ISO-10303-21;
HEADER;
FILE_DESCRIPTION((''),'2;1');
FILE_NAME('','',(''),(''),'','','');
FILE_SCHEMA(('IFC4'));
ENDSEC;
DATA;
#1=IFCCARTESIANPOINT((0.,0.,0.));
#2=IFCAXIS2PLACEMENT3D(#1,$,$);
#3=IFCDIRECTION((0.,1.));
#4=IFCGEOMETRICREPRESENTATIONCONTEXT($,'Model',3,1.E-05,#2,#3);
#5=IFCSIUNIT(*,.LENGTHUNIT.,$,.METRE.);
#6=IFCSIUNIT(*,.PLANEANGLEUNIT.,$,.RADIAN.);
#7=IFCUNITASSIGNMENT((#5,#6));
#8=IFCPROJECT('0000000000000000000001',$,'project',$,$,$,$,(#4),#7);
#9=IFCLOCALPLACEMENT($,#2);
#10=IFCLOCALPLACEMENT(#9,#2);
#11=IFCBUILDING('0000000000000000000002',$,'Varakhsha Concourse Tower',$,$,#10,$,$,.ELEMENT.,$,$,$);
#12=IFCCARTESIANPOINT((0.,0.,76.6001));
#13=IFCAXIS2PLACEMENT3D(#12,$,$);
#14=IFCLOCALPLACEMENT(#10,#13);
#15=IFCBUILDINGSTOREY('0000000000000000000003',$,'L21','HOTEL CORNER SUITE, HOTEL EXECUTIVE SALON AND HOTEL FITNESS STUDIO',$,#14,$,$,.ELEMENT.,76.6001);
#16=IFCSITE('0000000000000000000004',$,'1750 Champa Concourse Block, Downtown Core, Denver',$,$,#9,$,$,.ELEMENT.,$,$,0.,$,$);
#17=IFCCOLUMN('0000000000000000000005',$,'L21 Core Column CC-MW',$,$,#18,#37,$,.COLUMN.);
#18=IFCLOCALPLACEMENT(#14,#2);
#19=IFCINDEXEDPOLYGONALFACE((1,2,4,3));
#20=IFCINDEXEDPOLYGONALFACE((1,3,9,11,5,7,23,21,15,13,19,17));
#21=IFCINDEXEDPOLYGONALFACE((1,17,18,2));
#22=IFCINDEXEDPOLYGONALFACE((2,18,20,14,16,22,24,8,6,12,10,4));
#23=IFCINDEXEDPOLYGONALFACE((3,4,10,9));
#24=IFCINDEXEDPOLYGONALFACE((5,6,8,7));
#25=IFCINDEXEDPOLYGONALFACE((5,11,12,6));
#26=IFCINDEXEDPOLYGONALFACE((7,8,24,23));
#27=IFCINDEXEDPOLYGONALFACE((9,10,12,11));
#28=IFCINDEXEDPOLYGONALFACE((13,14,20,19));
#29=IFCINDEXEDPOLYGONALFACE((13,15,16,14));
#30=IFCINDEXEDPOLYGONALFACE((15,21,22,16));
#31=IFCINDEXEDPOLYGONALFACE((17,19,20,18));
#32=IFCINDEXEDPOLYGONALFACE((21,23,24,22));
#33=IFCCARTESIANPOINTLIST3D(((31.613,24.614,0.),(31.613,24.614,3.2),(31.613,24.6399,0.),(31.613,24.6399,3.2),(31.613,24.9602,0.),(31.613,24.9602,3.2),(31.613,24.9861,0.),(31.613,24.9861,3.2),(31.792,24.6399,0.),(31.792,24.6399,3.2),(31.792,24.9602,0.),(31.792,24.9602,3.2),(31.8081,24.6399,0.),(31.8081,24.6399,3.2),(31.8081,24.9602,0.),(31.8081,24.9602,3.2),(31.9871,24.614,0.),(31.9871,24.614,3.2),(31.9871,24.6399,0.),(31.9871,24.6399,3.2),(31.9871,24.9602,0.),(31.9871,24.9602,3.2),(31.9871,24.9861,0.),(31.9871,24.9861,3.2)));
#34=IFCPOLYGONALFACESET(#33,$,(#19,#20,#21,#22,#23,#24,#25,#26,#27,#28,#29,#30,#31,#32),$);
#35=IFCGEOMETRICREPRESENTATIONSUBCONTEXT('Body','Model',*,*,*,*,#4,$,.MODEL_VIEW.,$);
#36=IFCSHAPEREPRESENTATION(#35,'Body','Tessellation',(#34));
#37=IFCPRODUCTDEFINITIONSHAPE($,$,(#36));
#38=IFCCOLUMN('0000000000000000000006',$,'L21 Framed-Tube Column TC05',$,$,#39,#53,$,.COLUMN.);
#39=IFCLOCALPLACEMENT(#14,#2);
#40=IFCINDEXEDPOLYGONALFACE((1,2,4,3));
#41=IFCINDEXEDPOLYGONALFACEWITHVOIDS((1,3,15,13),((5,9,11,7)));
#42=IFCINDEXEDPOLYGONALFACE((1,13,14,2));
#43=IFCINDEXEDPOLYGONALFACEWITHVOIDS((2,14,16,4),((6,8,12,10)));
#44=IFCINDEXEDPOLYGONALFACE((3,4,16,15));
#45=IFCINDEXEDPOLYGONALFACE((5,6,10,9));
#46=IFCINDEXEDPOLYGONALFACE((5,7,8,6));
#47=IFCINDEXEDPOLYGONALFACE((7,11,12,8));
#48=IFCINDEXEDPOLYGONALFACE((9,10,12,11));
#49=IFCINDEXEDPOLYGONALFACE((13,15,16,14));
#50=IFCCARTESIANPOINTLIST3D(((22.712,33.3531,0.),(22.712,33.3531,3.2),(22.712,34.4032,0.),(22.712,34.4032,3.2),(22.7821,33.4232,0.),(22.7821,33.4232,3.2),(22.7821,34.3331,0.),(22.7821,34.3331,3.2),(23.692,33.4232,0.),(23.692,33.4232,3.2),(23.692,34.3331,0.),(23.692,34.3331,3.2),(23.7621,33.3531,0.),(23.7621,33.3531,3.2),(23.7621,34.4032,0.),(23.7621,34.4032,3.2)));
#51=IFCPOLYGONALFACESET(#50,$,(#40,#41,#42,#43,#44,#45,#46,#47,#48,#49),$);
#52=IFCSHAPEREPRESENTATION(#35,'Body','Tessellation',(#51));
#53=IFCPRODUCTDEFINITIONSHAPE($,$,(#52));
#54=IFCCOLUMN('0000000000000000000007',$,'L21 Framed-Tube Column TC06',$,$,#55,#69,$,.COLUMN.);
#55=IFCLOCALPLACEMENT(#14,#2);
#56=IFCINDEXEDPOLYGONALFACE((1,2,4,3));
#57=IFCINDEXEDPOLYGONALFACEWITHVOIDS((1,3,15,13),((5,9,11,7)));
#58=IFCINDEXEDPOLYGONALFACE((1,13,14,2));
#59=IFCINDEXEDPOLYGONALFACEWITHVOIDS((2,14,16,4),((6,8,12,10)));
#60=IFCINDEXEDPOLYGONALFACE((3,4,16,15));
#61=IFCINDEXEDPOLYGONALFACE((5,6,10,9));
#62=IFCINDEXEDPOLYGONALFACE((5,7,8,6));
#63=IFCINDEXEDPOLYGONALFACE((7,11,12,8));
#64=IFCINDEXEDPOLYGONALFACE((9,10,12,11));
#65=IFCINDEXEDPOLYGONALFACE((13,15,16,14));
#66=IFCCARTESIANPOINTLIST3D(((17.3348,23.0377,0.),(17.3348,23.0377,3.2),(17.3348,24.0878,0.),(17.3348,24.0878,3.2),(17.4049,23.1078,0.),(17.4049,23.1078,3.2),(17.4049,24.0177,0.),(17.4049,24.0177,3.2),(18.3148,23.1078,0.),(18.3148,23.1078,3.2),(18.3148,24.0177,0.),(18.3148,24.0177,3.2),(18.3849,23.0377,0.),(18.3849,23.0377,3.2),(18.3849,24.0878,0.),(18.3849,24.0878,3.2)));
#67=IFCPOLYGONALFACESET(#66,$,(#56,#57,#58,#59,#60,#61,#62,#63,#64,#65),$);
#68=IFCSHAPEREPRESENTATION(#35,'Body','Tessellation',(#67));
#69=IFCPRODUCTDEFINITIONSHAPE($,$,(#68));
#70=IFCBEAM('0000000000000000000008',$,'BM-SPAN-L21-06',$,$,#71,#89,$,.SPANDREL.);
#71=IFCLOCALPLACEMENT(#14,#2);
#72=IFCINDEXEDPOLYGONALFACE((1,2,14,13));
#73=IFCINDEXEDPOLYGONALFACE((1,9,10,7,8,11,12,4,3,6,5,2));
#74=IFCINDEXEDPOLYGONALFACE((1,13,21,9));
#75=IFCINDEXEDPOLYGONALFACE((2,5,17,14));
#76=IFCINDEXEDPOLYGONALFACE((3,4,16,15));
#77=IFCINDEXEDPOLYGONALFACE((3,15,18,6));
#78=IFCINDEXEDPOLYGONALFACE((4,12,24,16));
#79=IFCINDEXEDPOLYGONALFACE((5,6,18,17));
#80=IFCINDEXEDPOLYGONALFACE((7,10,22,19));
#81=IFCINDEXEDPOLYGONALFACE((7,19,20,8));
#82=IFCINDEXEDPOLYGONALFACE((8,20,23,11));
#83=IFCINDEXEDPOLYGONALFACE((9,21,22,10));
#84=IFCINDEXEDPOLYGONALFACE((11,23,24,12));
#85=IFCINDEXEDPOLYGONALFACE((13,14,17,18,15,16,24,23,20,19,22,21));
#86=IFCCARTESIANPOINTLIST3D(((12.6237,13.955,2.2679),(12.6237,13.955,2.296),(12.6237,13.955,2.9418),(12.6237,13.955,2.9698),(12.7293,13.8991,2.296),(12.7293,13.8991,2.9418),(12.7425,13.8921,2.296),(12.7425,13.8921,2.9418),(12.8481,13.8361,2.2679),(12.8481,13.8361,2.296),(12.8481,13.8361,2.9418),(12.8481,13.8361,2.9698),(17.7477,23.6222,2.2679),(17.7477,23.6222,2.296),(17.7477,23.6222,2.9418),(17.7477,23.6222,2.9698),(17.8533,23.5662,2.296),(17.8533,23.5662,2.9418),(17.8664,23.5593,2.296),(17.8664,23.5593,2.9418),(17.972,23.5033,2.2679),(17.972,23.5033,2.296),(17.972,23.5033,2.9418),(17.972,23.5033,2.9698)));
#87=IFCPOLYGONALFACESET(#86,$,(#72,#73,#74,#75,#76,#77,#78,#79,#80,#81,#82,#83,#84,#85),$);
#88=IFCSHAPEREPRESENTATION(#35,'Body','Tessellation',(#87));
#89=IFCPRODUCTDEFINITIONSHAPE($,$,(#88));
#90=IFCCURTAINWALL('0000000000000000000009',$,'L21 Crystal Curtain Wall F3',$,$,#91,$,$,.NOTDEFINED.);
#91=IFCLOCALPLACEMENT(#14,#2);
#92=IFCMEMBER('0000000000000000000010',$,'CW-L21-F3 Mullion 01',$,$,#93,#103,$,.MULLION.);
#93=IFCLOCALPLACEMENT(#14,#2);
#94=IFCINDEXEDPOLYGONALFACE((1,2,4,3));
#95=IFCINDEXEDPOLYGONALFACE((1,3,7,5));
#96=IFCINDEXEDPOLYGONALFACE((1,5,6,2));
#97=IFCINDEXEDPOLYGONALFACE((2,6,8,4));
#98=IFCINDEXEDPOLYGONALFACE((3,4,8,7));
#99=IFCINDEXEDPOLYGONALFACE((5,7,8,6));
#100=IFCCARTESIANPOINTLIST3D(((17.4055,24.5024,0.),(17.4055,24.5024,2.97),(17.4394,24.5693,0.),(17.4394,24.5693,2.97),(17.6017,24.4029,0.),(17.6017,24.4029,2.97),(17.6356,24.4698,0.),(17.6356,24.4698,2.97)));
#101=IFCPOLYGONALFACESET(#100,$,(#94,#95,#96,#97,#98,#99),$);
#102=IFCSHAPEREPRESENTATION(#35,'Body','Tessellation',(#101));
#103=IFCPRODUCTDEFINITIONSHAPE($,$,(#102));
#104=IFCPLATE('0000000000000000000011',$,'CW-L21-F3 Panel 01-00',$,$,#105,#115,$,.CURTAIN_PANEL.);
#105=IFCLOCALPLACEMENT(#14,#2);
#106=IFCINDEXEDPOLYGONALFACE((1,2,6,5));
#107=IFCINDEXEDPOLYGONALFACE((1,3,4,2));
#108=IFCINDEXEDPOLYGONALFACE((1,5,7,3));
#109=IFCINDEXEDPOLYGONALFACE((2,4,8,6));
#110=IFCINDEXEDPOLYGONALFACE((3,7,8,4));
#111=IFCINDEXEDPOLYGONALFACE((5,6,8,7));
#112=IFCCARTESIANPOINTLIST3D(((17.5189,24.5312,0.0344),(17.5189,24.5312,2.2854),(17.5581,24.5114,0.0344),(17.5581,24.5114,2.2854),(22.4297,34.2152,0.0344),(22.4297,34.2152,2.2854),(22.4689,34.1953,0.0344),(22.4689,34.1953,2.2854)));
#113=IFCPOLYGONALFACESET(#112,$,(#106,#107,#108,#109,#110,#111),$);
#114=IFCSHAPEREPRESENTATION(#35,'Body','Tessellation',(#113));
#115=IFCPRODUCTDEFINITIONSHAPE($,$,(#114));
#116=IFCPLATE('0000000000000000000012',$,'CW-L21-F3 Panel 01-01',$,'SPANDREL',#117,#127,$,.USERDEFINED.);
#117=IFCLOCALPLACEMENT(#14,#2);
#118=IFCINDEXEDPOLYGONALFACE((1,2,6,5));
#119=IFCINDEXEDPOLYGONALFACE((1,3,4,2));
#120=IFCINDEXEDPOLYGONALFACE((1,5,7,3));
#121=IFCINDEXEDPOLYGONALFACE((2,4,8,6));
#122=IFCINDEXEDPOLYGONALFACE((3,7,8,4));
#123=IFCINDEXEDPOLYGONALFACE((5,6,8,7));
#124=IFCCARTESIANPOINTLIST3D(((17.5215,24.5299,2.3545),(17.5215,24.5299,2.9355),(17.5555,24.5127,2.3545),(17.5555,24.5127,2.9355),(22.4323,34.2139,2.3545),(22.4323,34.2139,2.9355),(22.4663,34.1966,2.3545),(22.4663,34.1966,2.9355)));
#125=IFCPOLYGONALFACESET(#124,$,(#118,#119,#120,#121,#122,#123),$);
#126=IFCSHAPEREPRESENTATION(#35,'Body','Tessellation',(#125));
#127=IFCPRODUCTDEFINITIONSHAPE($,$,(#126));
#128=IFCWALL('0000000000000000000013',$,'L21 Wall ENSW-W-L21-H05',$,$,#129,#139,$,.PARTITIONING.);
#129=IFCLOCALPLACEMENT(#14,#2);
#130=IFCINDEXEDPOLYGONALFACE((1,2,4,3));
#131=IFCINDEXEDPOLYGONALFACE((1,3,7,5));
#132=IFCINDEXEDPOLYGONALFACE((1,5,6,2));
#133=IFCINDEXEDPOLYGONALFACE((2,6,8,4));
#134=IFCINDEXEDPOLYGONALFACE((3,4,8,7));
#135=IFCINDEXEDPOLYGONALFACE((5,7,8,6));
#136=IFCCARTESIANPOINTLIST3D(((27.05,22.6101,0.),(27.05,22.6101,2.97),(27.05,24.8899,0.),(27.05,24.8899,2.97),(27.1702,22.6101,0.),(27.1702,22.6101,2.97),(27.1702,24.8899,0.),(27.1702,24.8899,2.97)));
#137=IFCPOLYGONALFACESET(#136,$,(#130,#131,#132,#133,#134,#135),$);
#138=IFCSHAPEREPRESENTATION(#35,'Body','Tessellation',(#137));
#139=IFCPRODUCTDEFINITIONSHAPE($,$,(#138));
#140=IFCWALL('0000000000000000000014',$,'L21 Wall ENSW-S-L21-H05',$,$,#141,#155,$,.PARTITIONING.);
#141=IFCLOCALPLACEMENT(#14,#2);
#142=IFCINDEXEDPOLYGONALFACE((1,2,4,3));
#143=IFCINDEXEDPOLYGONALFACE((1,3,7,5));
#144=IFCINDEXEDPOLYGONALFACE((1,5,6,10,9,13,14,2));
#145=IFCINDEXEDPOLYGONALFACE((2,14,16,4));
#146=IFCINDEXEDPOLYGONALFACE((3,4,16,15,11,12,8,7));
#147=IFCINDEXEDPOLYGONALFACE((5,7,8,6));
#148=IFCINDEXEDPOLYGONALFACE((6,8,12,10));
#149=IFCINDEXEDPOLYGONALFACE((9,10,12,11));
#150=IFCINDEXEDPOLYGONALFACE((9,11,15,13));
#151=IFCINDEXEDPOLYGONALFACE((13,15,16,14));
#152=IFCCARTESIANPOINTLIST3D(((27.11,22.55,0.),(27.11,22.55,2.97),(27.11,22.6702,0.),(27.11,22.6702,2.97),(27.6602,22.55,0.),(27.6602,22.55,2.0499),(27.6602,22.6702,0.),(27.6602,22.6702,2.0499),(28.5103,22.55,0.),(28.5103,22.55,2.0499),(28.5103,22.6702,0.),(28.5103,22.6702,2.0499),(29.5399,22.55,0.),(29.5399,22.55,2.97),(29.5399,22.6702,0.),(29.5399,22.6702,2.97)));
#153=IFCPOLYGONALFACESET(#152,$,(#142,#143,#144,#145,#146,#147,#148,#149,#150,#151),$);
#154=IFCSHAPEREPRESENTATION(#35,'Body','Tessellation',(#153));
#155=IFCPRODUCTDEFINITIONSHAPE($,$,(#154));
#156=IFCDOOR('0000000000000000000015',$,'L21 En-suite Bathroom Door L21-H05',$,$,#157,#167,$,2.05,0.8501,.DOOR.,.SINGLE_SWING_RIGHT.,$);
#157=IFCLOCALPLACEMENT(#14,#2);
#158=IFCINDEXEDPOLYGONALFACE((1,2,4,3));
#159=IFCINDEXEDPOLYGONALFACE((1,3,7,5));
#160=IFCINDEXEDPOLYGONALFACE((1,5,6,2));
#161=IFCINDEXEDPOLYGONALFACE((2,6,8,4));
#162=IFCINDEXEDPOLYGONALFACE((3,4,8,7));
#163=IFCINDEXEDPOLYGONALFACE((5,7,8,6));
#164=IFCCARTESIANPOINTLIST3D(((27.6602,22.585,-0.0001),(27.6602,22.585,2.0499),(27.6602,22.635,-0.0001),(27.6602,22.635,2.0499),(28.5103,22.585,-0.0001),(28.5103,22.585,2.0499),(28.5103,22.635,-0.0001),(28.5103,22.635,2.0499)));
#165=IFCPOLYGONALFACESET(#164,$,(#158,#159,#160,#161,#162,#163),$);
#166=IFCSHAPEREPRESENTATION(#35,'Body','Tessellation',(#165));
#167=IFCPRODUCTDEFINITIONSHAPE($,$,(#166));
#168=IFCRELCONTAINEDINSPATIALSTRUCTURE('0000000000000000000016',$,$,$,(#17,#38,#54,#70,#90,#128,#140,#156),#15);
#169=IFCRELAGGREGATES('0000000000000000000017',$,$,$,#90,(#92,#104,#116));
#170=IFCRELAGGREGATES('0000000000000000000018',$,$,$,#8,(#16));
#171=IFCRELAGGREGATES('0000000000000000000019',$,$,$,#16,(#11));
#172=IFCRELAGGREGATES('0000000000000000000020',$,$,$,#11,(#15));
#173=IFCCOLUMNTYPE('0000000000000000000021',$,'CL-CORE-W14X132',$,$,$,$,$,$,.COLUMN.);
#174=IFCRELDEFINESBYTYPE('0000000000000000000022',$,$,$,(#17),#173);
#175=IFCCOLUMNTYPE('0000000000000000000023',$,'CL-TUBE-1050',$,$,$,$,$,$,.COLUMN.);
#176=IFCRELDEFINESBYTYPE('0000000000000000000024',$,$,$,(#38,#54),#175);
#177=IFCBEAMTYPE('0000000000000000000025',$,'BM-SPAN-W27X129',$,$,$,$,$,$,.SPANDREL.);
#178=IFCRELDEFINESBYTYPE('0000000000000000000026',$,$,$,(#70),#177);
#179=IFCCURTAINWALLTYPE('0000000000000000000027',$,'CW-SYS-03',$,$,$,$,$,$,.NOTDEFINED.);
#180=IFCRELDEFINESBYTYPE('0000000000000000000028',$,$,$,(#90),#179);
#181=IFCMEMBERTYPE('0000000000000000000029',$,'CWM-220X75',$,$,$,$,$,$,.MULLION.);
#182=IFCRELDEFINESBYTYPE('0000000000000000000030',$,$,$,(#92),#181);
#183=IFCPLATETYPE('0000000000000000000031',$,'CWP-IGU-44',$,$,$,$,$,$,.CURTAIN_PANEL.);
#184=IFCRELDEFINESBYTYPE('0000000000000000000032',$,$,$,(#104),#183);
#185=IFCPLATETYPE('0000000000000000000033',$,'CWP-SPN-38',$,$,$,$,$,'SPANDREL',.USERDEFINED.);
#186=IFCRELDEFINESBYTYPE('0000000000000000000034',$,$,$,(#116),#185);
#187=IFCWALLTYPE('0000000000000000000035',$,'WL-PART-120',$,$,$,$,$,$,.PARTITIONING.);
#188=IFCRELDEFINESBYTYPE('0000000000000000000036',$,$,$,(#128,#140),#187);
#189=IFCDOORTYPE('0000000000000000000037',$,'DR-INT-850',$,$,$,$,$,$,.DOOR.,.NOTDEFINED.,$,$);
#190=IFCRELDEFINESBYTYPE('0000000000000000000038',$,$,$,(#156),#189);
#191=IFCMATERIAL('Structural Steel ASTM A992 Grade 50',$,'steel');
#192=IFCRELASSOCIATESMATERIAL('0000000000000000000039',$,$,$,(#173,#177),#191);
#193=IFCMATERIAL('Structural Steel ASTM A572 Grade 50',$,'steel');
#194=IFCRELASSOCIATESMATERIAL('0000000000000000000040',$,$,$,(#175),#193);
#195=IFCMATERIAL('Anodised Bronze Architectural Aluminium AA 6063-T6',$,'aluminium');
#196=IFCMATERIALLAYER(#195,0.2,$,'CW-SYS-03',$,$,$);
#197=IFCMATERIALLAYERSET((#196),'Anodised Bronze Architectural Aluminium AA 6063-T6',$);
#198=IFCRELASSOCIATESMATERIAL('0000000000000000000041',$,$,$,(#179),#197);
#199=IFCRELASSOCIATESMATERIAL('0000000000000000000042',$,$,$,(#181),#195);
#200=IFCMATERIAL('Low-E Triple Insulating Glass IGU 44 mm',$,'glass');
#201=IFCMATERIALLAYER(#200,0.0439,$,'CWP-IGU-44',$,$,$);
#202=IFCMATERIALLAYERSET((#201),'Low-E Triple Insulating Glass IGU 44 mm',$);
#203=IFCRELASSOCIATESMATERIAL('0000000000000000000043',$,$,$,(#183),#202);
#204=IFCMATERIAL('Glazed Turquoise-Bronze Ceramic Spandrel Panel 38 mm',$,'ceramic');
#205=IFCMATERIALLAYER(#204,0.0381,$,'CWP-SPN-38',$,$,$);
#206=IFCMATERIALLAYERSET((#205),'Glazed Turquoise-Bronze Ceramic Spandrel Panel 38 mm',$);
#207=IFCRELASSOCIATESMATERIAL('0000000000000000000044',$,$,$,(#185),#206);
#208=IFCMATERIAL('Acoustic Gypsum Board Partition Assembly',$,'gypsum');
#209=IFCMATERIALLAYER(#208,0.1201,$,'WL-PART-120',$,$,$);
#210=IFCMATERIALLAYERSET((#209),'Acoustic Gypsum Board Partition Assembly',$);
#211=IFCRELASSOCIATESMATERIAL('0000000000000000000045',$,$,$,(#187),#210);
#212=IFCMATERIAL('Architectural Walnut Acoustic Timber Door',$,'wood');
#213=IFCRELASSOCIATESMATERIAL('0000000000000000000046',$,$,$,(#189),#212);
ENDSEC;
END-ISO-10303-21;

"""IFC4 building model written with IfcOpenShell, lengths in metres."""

from ifc_helpers import new_model, si_unit, direction, frame, frame_2d, origin, origin_2d, place, context, subcontext, project, spatial, rectangle, hollow_rectangle, i_section, extrude, source, transform, mapped, material, layer, layer_set, material_profile, profile_set, type_object, type_shapes, element, fill, aggregate, save


model = new_model("IFC4")

# Units and contexts
model_context = context("Model", 3, precision=1e-05, world=origin(), true_north=direction((0.0, 1.0)))
body_context = subcontext(model_context, "Body", "Model", "MODEL_VIEW")
ifc_project = project(units=[si_unit("LENGTHUNIT", "METRE"), si_unit("PLANEANGLEUNIT", "RADIAN")], contexts=[model_context])

# Site, building, storey
site_placement = place(None, origin())
site = spatial("IfcSite", under=ifc_project, at=site_placement, Name="1750 Champa Concourse Block, Downtown Core, Denver", CompositionType="ELEMENT", RefElevation=0.0)
building_placement = place(site_placement, origin())
building = spatial("IfcBuilding", under=site, at=building_placement, Name="Varakhsha Concourse Tower", CompositionType="ELEMENT")
storey_placement = place(building_placement, frame((0.0, 0.0, 76.6001)))
storey = spatial("IfcBuildingStorey", under=building, at=storey_placement, Name="L21", Description="HOTEL CORNER SUITE, HOTEL EXECUTIVE SALON AND HOTEL FITNESS STUDIO", CompositionType="ELEMENT", Elevation=76.6001)

# Columns
ifc_material_1 = material(Name="Structural Steel ASTM A992 Grade 50", Category="steel")
ifc_material_profile_1 = material_profile(ifc_material_1, i_section(OverallWidth=0.374, OverallDepth=0.3721, WebThickness=0.0161, FlangeThickness=0.0259, at=origin_2d()), Name="W14X132")
ifc_profile_set_1 = profile_set([ifc_material_profile_1], Name="Structural Steel ASTM A992 Grade 50")
column_type_1 = type_object("IfcColumnType", Name="CL-CORE-W14X132", PredefinedType="COLUMN", material=ifc_profile_set_1)
column_placement = place(storey_placement, frame((31.8, 24.8, 0.0), z_axis=(0.0, 0.0, 1.0), x_axis=(1.0, 0.0, 0.0)))
element("IfcColumn", 1, at=column_placement, inside=storey, type_object=column_type_1, Name="L21 Core Column CC-MW", PredefinedType="COLUMN", context=body_context, shape_type="SweptSolid", body=[
    extrude(i_section(OverallWidth=0.374, OverallDepth=0.3721, WebThickness=0.0161, FlangeThickness=0.0259, at=origin_2d()), origin(), (0.0, 0.0, 1.0), 3.2),
])
ifc_material_2 = material(Name="Structural Steel ASTM A572 Grade 50", Category="steel")
ifc_material_profile_2 = material_profile(ifc_material_2, hollow_rectangle(XDim=1.05, YDim=1.05, WallThickness=0.0701, at=origin_2d()), Name="BOX 1050x1050x70")
ifc_profile_set_2 = profile_set([ifc_material_profile_2], Name="Structural Steel ASTM A572 Grade 50")
column_type_2 = type_object("IfcColumnType", Name="CL-TUBE-1050", PredefinedType="COLUMN", material=ifc_profile_set_2)
for number, where, z_axis, x_axis, name in (
    (2, (23.2371, 33.8782, 0.0), (0.0, 0.0, 1.0), (1.0, 0.0, 0.0), "L21 Framed-Tube Column TC05"),
    (3, (17.8599, 23.5627, 0.0), (0.0, 0.0, 1.0), (1.0, 0.0, 0.0), "L21 Framed-Tube Column TC06"),
):
    element("IfcColumn", number, at=place(storey_placement, frame(where, z_axis=z_axis, x_axis=x_axis)), inside=storey, type_object=column_type_2, Name=name, PredefinedType="COLUMN", context=body_context, shape_type="SweptSolid", body=[
        extrude(hollow_rectangle(XDim=1.05, YDim=1.05, WallThickness=0.0701, at=origin_2d()), origin(), (0.0, 0.0, 1.0), 3.2),
    ])

# Beam
ifc_material_profile_3 = material_profile(ifc_material_1, i_section(OverallWidth=0.2539, OverallDepth=0.7019, WebThickness=0.0149, FlangeThickness=0.0281, at=origin_2d()), Name="W27X129")
ifc_profile_set_3 = profile_set([ifc_material_profile_3], Name="Structural Steel ASTM A992 Grade 50")
beam_type = type_object("IfcBeamType", Name="BM-SPAN-W27X129", PredefinedType="SPANDREL", material=ifc_profile_set_3)
beam_placement = place(storey_placement, frame((17.8599, 23.5627, 2.6189), z_axis=(-0.468321, -0.883558, 0.0), x_axis=(0.883558, -0.468321, 0.0)))
element("IfcBeam", 4, at=beam_placement, inside=storey, type_object=beam_type, Name="BM-SPAN-L21-06", PredefinedType="SPANDREL", context=body_context, shape_type="SweptSolid", body=[
    extrude(i_section(OverallWidth=0.2539, OverallDepth=0.7019, WebThickness=0.0149, FlangeThickness=0.0281, at=origin_2d()), origin(), (0.0, 0.0, 1.0), 10.9412),
])

# Curtain wall, member, plates
ifc_material_3 = material(Name="Anodised Bronze Architectural Aluminium AA 6063-T6", Category="aluminium")
ifc_layer_1 = layer(ifc_material_3, 0.2, Name="CW-SYS-03")
ifc_layer_set_1 = layer_set([ifc_layer_1], Name="Anodised Bronze Architectural Aluminium AA 6063-T6")
curtain_wall_type = type_object("IfcCurtainWallType", Name="CW-SYS-03", PredefinedType="NOTDEFINED", material=ifc_layer_set_1)
curtain_wall_placement = place(storey_placement, origin())
curtain_wall = element("IfcCurtainWall", 5, at=curtain_wall_placement, inside=storey, type_object=curtain_wall_type, Name="L21 Crystal Curtain Wall F3", PredefinedType="NOTDEFINED")
ifc_material_profile_4 = material_profile(ifc_material_3, rectangle(XDim=0.075, YDim=0.22, at=origin_2d()), Name="CWM-220X75")
ifc_profile_set_4 = profile_set([ifc_material_profile_4], Name="Anodised Bronze Architectural Aluminium AA 6063-T6")
member_type = type_object("IfcMemberType", Name="CWM-220X75", PredefinedType="MULLION", material=ifc_profile_set_4)
shared_shape_1 = source(origin(), body_context, "Body", "SweptSolid", [
    extrude(rectangle(XDim=0.075, YDim=0.22, at=origin_2d()), origin(), (0.0, 0.0, 1.0), 2.97),
])
type_shapes(member_type, [shared_shape_1])
member_placement = place(storey_placement, frame((17.5205, 24.4861, 0.0), z_axis=(0.0, 0.0, 1.0), x_axis=(0.452274, 0.891879, 0.0)))
member = element("IfcMember", 6, at=member_placement, type_object=member_type, Name="CW-L21-F3 Mullion 01", PredefinedType="MULLION", context=body_context, shape_type="MappedRepresentation", body=[
    mapped(shared_shape_1, transform((0.0, 0.0, 0.0), scale=1.0)),
])
ifc_material_4 = material(Name="Low-E Triple Insulating Glass IGU 44 mm", Category="glass")
ifc_layer_2 = layer(ifc_material_4, 0.0439, Name="CWP-IGU-44")
ifc_layer_set_2 = layer_set([ifc_layer_2], Name="Low-E Triple Insulating Glass IGU 44 mm")
plate_type_1 = type_object("IfcPlateType", Name="CWP-IGU-44", PredefinedType="CURTAIN_PANEL", material=ifc_layer_set_2)
shared_shape_2 = source(origin(), body_context, "Body", "SweptSolid", [
    extrude(rectangle(XDim=10.8579, YDim=0.0439, at=origin_2d()), origin(), (0.0, 0.0, 1.0), 2.251),
])
type_shapes(plate_type_1, [shared_shape_2])
plate_1_placement = place(storey_placement, frame((19.9939, 29.3633, 0.0344), z_axis=(0.0, 0.0, 1.0), x_axis=(0.452274, 0.891879, 0.0)))
plate_1 = element("IfcPlate", 7, at=plate_1_placement, type_object=plate_type_1, Name="CW-L21-F3 Panel 01-00", PredefinedType="CURTAIN_PANEL", context=body_context, shape_type="MappedRepresentation", body=[
    mapped(shared_shape_2, transform((0.0, 0.0, 0.0), scale=1.0)),
])
ifc_material_5 = material(Name="Glazed Turquoise-Bronze Ceramic Spandrel Panel 38 mm", Category="ceramic")
ifc_layer_3 = layer(ifc_material_5, 0.0381, Name="CWP-SPN-38")
ifc_layer_set_3 = layer_set([ifc_layer_3], Name="Glazed Turquoise-Bronze Ceramic Spandrel Panel 38 mm")
plate_type_2 = type_object("IfcPlateType", Name="CWP-SPN-38", ElementType="SPANDREL", PredefinedType="USERDEFINED", material=ifc_layer_set_3)
shared_shape_3 = source(origin(), body_context, "Body", "SweptSolid", [
    extrude(rectangle(XDim=10.8579, YDim=0.0381, at=origin_2d()), origin(), (0.0, 0.0, 1.0), 0.5811),
])
type_shapes(plate_type_2, [shared_shape_3])
plate_2_placement = place(storey_placement, frame((19.9939, 29.3633, 2.3545), z_axis=(0.0, 0.0, 1.0), x_axis=(0.452274, 0.891879, 0.0)))
plate_2 = element("IfcPlate", 8, at=plate_2_placement, type_object=plate_type_2, Name="CW-L21-F3 Panel 01-01", ObjectType="SPANDREL", PredefinedType="USERDEFINED", context=body_context, shape_type="MappedRepresentation", body=[
    mapped(shared_shape_3, transform((0.0, 0.0, 0.0), scale=1.0)),
])
aggregate(curtain_wall, [member, plate_1, plate_2])

# Wall
ifc_material_6 = material(Name="Acoustic Gypsum Board Partition Assembly", Category="gypsum")
ifc_layer_4 = layer(ifc_material_6, 0.1201, Name="WL-PART-120")
ifc_layer_set_4 = layer_set([ifc_layer_4], Name="Acoustic Gypsum Board Partition Assembly")
wall_type_1 = type_object("IfcWallType", Name="WL-PART-120", PredefinedType="PARTITIONING", material=ifc_layer_set_4)
wall_1_placement = place(storey_placement, frame((27.1101, 22.6101, 0.0), z_axis=(0.0, 0.0, 1.0), x_axis=(0.0, 1.0, 0.0)))
element("IfcWall", 9, at=wall_1_placement, inside=storey, type_object=wall_type_1, Name="L21 Wall ENSW-W-L21-H05", PredefinedType="PARTITIONING", context=body_context, shape_type="SweptSolid", body=[
    extrude(rectangle(XDim=2.2798, YDim=0.1201, at=frame_2d((1.1399, 0.0))), origin(), (0.0, 0.0, 1.0), 2.97),
])

# Wall, opening, door
wall_2_placement = place(storey_placement, frame((27.1101, 22.6101, 0.0), z_axis=(0.0, 0.0, 1.0), x_axis=(1.0, 0.0, 0.0)))
wall_2 = element("IfcWall", 10, at=wall_2_placement, inside=storey, type_object=wall_type_1, Name="L21 Wall ENSW-S-L21-H05", PredefinedType="PARTITIONING", context=body_context, shape_type="SweptSolid", body=[
    extrude(rectangle(XDim=2.4299, YDim=0.1201, at=frame_2d((1.2148, 0.0))), origin(), (0.0, 0.0, 1.0), 2.97),
])
opening_1_placement = place(wall_2_placement, frame((0.55, 0.0, 0.0)))
opening_1 = element("IfcOpeningElement", 11, at=opening_1_placement, cuts=wall_2, PredefinedType="OPENING", context=body_context, shape_type="SweptSolid", body=[
    extrude(rectangle(XDim=0.8501, YDim=2.05, at=frame_2d((0.425, 1.0249))), frame((0.0, 0.0701, 0.0), z_axis=(0.0, -1.0, 0.0), x_axis=(1.0, 0.0, 0.0)), (0.0, 0.0, 1.0), 0.1401),
])
ifc_material_7 = material(Name="Architectural Walnut Acoustic Timber Door", Category="wood")
door_type = type_object("IfcDoorType", Name="DR-INT-850", OperationType="NOTDEFINED", PredefinedType="DOOR", material=ifc_material_7)
door_1_placement = place(opening_1_placement, origin())
door_1 = element("IfcDoor", 12, at=door_1_placement, inside=storey, type_object=door_type, Name="L21 En-suite Bathroom Door L21-H05", OperationType="SINGLE_SWING_RIGHT", OverallHeight=2.05, OverallWidth=0.8501, PredefinedType="DOOR", context=body_context, shape_type="SweptSolid", body=[
    extrude(rectangle(XDim=0.8501, YDim=2.05, at=frame_2d((0.425, 1.0249))), frame((0.0, 0.0249, 0.0), z_axis=(0.0, -1.0, 0.0), x_axis=(1.0, 0.0, 0.0)), (0.0, 0.0, 1.0), 0.05),
])
fill(opening_1, door_1)

save(model, "model.ifc")
